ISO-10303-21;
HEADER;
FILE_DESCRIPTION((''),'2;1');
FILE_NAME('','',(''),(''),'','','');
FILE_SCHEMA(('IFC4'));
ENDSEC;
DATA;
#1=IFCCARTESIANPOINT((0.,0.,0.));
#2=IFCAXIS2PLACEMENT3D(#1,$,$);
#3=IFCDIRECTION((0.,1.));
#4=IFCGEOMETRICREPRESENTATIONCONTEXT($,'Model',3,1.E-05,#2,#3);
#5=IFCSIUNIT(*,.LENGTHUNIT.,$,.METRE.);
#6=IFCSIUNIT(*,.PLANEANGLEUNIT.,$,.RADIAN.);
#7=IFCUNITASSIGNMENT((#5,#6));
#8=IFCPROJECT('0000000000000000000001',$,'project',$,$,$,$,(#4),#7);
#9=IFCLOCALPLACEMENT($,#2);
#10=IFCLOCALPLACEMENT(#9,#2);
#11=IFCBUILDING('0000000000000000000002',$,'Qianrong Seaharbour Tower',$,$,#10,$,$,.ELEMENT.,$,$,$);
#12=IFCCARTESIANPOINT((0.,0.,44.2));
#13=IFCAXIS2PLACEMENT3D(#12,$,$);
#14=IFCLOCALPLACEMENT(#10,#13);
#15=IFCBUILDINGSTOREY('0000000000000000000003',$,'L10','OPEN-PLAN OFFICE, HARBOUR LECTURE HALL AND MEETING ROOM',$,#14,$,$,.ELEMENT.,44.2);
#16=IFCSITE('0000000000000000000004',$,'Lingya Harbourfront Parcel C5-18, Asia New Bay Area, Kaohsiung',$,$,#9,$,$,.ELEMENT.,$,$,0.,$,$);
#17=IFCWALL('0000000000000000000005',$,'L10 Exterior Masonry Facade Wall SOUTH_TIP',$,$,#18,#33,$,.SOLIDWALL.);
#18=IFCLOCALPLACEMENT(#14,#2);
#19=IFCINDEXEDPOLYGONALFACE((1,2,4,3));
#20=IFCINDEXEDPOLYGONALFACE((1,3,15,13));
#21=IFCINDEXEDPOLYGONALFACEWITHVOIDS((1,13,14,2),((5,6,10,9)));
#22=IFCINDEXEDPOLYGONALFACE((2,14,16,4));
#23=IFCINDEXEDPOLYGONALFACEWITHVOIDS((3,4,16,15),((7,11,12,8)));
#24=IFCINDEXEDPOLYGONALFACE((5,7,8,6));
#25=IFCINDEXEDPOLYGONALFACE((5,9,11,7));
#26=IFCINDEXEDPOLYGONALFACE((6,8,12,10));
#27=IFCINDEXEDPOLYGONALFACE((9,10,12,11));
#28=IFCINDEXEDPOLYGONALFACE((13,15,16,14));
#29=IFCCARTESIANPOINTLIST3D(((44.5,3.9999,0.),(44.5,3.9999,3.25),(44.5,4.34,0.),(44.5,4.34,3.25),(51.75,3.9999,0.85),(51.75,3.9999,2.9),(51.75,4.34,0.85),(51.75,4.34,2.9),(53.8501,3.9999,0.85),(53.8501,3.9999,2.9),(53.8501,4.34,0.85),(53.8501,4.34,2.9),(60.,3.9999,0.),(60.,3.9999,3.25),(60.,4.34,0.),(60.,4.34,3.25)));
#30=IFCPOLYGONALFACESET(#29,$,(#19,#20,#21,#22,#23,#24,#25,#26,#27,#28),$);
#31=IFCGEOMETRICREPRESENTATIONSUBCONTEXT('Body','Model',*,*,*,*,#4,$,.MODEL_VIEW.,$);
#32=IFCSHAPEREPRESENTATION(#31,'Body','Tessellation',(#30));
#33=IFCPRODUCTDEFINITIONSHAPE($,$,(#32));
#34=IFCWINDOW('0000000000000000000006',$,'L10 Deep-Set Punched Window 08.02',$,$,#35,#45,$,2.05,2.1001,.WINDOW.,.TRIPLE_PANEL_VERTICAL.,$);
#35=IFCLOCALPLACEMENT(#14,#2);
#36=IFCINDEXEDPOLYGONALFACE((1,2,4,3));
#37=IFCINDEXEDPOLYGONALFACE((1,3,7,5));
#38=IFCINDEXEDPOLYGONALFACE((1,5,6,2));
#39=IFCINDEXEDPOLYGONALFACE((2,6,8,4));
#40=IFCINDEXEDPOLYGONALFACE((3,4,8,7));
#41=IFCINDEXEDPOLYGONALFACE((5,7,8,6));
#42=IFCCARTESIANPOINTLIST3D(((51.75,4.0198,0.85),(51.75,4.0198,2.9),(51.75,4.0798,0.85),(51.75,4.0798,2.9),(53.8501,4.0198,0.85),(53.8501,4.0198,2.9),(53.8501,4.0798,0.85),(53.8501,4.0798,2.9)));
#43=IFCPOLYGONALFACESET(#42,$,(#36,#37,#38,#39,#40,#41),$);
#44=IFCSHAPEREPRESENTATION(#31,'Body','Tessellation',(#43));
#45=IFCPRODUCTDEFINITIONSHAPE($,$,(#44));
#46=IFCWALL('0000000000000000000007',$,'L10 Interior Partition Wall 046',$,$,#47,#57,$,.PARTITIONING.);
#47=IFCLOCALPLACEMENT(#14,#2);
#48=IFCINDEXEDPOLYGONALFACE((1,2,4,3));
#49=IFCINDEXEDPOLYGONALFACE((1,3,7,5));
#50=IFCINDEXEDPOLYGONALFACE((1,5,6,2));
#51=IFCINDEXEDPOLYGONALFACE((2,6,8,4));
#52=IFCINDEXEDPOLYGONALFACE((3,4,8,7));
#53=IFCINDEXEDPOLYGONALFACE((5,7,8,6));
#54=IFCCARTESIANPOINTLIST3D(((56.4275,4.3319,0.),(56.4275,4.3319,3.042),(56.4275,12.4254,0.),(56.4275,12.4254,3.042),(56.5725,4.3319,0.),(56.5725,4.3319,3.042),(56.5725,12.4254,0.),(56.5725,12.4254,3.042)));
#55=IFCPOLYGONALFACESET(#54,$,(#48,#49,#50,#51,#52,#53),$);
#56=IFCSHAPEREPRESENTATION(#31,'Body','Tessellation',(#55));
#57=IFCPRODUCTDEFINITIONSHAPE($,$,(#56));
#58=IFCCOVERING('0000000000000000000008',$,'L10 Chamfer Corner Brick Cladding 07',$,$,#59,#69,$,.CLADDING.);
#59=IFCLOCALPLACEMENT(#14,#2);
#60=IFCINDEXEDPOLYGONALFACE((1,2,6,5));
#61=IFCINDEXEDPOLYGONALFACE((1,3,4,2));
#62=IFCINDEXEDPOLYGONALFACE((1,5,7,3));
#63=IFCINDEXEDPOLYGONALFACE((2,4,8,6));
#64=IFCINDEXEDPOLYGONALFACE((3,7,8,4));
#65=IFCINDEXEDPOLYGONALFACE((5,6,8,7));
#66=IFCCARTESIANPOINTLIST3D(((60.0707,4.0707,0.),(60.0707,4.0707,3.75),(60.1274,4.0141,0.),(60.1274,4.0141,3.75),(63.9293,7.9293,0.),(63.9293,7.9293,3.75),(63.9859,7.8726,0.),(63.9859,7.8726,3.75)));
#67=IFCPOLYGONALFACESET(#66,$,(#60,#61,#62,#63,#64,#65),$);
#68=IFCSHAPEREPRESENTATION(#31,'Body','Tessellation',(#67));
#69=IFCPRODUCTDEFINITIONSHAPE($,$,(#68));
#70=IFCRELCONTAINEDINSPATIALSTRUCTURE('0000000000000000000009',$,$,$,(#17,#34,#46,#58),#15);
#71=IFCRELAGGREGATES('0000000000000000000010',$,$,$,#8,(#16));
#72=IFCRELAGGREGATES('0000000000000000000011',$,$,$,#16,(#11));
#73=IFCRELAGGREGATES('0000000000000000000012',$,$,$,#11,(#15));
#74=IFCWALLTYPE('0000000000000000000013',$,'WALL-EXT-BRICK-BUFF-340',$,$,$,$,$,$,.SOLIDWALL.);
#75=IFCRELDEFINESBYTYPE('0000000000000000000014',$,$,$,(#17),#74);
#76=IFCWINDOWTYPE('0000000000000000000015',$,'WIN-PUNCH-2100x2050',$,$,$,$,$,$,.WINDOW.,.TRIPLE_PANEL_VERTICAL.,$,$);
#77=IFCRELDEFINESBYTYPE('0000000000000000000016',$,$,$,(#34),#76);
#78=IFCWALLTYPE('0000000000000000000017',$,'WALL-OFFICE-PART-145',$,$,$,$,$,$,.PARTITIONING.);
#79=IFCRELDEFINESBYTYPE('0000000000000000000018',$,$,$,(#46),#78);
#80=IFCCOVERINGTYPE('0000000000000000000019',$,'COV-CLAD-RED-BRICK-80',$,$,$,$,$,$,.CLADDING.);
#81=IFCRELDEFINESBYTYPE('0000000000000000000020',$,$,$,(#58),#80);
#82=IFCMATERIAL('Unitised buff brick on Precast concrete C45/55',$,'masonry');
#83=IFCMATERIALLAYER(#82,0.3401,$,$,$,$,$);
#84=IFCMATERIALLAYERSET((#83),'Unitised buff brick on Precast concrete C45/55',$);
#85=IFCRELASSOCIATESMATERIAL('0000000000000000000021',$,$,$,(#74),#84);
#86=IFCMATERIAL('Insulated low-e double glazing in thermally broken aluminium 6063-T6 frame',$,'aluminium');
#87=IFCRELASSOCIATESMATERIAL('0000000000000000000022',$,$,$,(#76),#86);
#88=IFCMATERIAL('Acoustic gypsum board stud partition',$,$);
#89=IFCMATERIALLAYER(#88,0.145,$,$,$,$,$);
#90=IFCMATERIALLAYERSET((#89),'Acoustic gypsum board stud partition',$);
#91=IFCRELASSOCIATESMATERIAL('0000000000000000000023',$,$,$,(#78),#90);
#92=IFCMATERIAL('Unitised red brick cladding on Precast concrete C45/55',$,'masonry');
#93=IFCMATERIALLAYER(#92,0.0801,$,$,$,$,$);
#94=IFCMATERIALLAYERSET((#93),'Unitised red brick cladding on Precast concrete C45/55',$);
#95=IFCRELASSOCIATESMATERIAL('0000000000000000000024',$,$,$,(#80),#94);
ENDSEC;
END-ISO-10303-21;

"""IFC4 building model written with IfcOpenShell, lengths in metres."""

from ifc_helpers import new_model, si_unit, direction, frame, frame_2d, origin, origin_2d, place, context, subcontext, project, spatial, rectangle, extrude, material, layer, layer_set, type_object, element, fill, save


model = new_model("IFC4")

# Units and contexts
model_context = context("Model", 3, precision=1e-05, world=origin(), true_north=direction((0.0, 1.0)))
body_context = subcontext(model_context, "Body", "Model", "MODEL_VIEW")
ifc_project = project(units=[si_unit("LENGTHUNIT", "METRE"), si_unit("PLANEANGLEUNIT", "RADIAN")], contexts=[model_context])

# Site, building, storey
site_placement = place(None, origin())
site = spatial("IfcSite", under=ifc_project, at=site_placement, Name="Lingya Harbourfront Parcel C5-18, Asia New Bay Area, Kaohsiung", CompositionType="ELEMENT", RefElevation=0.0)
building_placement = place(site_placement, origin())
building = spatial("IfcBuilding", under=site, at=building_placement, Name="Qianrong Seaharbour Tower", CompositionType="ELEMENT")
storey_placement = place(building_placement, frame((0.0, 0.0, 44.2)))
storey = spatial("IfcBuildingStorey", under=building, at=storey_placement, Name="L10", Description="OPEN-PLAN OFFICE, HARBOUR LECTURE HALL AND MEETING ROOM", CompositionType="ELEMENT", Elevation=44.2)

# Shared definitions
ifc_material_1 = material(Name="Unitised buff brick on Precast concrete C45/55", Category="masonry")
ifc_layer_1 = layer(ifc_material_1, 0.3401)
ifc_layer_set_1 = layer_set([ifc_layer_1], Name="Unitised buff brick on Precast concrete C45/55")
wall_type_1 = type_object("IfcWallType", Name="WALL-EXT-BRICK-BUFF-340", PredefinedType="SOLIDWALL", material=ifc_layer_set_1)

# Wall, opening, window
wall_1_placement = place(storey_placement, frame((60.0, 4.1699, 0.0), z_axis=(0.0, 0.0, 1.0), x_axis=(-1.0, 0.0, 0.0)))
wall_1 = element("IfcWall", 1, at=wall_1_placement, inside=storey, type_object=wall_type_1, Name="L10 Exterior Masonry Facade Wall SOUTH_TIP", PredefinedType="SOLIDWALL", context=body_context, shape_type="SweptSolid", body=[
    extrude(rectangle(XDim=15.5, YDim=0.3401, at=frame_2d((7.75, 0.0))), origin(), (0.0, 0.0, 1.0), 3.25),
])
opening_1_placement = place(wall_1_placement, frame((6.1499, 0.0, 0.8501)))
opening_1 = element("IfcOpeningElement", 2, at=opening_1_placement, cuts=wall_1, PredefinedType="OPENING", context=body_context, shape_type="SweptSolid", body=[
    extrude(rectangle(XDim=2.1001, YDim=2.05, at=frame_2d((1.05, 1.0249))), frame((0.0, 0.1802, 0.0), z_axis=(0.0, -1.0, 0.0), x_axis=(1.0, 0.0, 0.0)), (0.0, 0.0, 1.0), 0.3601),
])
ifc_material_2 = material(Name="Insulated low-e double glazing in thermally broken aluminium 6063-T6 frame", Category="aluminium")
window_type = type_object("IfcWindowType", Name="WIN-PUNCH-2100x2050", PartitioningType="TRIPLE_PANEL_VERTICAL", PredefinedType="WINDOW", material=ifc_material_2)
window_placement = place(opening_1_placement, origin())
window = element("IfcWindow", 3, at=window_placement, inside=storey, type_object=window_type, Name="L10 Deep-Set Punched Window 08.02", OverallHeight=2.05, OverallWidth=2.1001, PartitioningType="TRIPLE_PANEL_VERTICAL", PredefinedType="WINDOW", context=body_context, shape_type="SweptSolid", body=[
    extrude(rectangle(XDim=2.1001, YDim=2.05, at=frame_2d((1.05, 1.0249))), frame((0.0, 0.1501, 0.0), z_axis=(0.0, -1.0, 0.0), x_axis=(1.0, 0.0, 0.0)), (0.0, 0.0, 1.0), 0.0601),
])
fill(opening_1, window)

# Wall
ifc_material_3 = material(Name="Acoustic gypsum board stud partition")
ifc_layer_2 = layer(ifc_material_3, 0.145)
ifc_layer_set_2 = layer_set([ifc_layer_2], Name="Acoustic gypsum board stud partition")
wall_type_2 = type_object("IfcWallType", Name="WALL-OFFICE-PART-145", PredefinedType="PARTITIONING", material=ifc_layer_set_2)
wall_2_placement = place(storey_placement, frame((56.5, 12.4255, 0.0), z_axis=(0.0, 0.0, 1.0), x_axis=(0.0, -1.0, 0.0)))
element("IfcWall", 4, at=wall_2_placement, inside=storey, type_object=wall_type_2, Name="L10 Interior Partition Wall 046", PredefinedType="PARTITIONING", context=body_context, shape_type="SweptSolid", body=[
    extrude(rectangle(XDim=8.0935, YDim=0.145, at=frame_2d((4.0469, 0.0))), origin(), (0.0, 0.0, 1.0), 3.042),
])

# Covering
ifc_material_4 = material(Name="Unitised red brick cladding on Precast concrete C45/55", Category="masonry")
ifc_layer_3 = layer(ifc_material_4, 0.0801)
ifc_layer_set_3 = layer_set([ifc_layer_3], Name="Unitised red brick cladding on Precast concrete C45/55")
covering_type = type_object("IfcCoveringType", Name="COV-CLAD-RED-BRICK-80", PredefinedType="CLADDING", material=ifc_layer_set_3)
covering_placement = place(storey_placement, frame((62.0283, 5.9717, 0.0), z_axis=(0.0, 0.0, 1.0), x_axis=(-0.707107, -0.707107, 0.0)))
element("IfcCovering", 5, at=covering_placement, inside=storey, type_object=covering_type, Name="L10 Chamfer Corner Brick Cladding 07", PredefinedType="CLADDING", context=body_context, shape_type="SweptSolid", body=[
    extrude(rectangle(XDim=5.4568, YDim=0.0801, at=origin_2d()), origin(), (0.0, 0.0, 1.0), 3.75),
])

save(model, "model.ifc")
